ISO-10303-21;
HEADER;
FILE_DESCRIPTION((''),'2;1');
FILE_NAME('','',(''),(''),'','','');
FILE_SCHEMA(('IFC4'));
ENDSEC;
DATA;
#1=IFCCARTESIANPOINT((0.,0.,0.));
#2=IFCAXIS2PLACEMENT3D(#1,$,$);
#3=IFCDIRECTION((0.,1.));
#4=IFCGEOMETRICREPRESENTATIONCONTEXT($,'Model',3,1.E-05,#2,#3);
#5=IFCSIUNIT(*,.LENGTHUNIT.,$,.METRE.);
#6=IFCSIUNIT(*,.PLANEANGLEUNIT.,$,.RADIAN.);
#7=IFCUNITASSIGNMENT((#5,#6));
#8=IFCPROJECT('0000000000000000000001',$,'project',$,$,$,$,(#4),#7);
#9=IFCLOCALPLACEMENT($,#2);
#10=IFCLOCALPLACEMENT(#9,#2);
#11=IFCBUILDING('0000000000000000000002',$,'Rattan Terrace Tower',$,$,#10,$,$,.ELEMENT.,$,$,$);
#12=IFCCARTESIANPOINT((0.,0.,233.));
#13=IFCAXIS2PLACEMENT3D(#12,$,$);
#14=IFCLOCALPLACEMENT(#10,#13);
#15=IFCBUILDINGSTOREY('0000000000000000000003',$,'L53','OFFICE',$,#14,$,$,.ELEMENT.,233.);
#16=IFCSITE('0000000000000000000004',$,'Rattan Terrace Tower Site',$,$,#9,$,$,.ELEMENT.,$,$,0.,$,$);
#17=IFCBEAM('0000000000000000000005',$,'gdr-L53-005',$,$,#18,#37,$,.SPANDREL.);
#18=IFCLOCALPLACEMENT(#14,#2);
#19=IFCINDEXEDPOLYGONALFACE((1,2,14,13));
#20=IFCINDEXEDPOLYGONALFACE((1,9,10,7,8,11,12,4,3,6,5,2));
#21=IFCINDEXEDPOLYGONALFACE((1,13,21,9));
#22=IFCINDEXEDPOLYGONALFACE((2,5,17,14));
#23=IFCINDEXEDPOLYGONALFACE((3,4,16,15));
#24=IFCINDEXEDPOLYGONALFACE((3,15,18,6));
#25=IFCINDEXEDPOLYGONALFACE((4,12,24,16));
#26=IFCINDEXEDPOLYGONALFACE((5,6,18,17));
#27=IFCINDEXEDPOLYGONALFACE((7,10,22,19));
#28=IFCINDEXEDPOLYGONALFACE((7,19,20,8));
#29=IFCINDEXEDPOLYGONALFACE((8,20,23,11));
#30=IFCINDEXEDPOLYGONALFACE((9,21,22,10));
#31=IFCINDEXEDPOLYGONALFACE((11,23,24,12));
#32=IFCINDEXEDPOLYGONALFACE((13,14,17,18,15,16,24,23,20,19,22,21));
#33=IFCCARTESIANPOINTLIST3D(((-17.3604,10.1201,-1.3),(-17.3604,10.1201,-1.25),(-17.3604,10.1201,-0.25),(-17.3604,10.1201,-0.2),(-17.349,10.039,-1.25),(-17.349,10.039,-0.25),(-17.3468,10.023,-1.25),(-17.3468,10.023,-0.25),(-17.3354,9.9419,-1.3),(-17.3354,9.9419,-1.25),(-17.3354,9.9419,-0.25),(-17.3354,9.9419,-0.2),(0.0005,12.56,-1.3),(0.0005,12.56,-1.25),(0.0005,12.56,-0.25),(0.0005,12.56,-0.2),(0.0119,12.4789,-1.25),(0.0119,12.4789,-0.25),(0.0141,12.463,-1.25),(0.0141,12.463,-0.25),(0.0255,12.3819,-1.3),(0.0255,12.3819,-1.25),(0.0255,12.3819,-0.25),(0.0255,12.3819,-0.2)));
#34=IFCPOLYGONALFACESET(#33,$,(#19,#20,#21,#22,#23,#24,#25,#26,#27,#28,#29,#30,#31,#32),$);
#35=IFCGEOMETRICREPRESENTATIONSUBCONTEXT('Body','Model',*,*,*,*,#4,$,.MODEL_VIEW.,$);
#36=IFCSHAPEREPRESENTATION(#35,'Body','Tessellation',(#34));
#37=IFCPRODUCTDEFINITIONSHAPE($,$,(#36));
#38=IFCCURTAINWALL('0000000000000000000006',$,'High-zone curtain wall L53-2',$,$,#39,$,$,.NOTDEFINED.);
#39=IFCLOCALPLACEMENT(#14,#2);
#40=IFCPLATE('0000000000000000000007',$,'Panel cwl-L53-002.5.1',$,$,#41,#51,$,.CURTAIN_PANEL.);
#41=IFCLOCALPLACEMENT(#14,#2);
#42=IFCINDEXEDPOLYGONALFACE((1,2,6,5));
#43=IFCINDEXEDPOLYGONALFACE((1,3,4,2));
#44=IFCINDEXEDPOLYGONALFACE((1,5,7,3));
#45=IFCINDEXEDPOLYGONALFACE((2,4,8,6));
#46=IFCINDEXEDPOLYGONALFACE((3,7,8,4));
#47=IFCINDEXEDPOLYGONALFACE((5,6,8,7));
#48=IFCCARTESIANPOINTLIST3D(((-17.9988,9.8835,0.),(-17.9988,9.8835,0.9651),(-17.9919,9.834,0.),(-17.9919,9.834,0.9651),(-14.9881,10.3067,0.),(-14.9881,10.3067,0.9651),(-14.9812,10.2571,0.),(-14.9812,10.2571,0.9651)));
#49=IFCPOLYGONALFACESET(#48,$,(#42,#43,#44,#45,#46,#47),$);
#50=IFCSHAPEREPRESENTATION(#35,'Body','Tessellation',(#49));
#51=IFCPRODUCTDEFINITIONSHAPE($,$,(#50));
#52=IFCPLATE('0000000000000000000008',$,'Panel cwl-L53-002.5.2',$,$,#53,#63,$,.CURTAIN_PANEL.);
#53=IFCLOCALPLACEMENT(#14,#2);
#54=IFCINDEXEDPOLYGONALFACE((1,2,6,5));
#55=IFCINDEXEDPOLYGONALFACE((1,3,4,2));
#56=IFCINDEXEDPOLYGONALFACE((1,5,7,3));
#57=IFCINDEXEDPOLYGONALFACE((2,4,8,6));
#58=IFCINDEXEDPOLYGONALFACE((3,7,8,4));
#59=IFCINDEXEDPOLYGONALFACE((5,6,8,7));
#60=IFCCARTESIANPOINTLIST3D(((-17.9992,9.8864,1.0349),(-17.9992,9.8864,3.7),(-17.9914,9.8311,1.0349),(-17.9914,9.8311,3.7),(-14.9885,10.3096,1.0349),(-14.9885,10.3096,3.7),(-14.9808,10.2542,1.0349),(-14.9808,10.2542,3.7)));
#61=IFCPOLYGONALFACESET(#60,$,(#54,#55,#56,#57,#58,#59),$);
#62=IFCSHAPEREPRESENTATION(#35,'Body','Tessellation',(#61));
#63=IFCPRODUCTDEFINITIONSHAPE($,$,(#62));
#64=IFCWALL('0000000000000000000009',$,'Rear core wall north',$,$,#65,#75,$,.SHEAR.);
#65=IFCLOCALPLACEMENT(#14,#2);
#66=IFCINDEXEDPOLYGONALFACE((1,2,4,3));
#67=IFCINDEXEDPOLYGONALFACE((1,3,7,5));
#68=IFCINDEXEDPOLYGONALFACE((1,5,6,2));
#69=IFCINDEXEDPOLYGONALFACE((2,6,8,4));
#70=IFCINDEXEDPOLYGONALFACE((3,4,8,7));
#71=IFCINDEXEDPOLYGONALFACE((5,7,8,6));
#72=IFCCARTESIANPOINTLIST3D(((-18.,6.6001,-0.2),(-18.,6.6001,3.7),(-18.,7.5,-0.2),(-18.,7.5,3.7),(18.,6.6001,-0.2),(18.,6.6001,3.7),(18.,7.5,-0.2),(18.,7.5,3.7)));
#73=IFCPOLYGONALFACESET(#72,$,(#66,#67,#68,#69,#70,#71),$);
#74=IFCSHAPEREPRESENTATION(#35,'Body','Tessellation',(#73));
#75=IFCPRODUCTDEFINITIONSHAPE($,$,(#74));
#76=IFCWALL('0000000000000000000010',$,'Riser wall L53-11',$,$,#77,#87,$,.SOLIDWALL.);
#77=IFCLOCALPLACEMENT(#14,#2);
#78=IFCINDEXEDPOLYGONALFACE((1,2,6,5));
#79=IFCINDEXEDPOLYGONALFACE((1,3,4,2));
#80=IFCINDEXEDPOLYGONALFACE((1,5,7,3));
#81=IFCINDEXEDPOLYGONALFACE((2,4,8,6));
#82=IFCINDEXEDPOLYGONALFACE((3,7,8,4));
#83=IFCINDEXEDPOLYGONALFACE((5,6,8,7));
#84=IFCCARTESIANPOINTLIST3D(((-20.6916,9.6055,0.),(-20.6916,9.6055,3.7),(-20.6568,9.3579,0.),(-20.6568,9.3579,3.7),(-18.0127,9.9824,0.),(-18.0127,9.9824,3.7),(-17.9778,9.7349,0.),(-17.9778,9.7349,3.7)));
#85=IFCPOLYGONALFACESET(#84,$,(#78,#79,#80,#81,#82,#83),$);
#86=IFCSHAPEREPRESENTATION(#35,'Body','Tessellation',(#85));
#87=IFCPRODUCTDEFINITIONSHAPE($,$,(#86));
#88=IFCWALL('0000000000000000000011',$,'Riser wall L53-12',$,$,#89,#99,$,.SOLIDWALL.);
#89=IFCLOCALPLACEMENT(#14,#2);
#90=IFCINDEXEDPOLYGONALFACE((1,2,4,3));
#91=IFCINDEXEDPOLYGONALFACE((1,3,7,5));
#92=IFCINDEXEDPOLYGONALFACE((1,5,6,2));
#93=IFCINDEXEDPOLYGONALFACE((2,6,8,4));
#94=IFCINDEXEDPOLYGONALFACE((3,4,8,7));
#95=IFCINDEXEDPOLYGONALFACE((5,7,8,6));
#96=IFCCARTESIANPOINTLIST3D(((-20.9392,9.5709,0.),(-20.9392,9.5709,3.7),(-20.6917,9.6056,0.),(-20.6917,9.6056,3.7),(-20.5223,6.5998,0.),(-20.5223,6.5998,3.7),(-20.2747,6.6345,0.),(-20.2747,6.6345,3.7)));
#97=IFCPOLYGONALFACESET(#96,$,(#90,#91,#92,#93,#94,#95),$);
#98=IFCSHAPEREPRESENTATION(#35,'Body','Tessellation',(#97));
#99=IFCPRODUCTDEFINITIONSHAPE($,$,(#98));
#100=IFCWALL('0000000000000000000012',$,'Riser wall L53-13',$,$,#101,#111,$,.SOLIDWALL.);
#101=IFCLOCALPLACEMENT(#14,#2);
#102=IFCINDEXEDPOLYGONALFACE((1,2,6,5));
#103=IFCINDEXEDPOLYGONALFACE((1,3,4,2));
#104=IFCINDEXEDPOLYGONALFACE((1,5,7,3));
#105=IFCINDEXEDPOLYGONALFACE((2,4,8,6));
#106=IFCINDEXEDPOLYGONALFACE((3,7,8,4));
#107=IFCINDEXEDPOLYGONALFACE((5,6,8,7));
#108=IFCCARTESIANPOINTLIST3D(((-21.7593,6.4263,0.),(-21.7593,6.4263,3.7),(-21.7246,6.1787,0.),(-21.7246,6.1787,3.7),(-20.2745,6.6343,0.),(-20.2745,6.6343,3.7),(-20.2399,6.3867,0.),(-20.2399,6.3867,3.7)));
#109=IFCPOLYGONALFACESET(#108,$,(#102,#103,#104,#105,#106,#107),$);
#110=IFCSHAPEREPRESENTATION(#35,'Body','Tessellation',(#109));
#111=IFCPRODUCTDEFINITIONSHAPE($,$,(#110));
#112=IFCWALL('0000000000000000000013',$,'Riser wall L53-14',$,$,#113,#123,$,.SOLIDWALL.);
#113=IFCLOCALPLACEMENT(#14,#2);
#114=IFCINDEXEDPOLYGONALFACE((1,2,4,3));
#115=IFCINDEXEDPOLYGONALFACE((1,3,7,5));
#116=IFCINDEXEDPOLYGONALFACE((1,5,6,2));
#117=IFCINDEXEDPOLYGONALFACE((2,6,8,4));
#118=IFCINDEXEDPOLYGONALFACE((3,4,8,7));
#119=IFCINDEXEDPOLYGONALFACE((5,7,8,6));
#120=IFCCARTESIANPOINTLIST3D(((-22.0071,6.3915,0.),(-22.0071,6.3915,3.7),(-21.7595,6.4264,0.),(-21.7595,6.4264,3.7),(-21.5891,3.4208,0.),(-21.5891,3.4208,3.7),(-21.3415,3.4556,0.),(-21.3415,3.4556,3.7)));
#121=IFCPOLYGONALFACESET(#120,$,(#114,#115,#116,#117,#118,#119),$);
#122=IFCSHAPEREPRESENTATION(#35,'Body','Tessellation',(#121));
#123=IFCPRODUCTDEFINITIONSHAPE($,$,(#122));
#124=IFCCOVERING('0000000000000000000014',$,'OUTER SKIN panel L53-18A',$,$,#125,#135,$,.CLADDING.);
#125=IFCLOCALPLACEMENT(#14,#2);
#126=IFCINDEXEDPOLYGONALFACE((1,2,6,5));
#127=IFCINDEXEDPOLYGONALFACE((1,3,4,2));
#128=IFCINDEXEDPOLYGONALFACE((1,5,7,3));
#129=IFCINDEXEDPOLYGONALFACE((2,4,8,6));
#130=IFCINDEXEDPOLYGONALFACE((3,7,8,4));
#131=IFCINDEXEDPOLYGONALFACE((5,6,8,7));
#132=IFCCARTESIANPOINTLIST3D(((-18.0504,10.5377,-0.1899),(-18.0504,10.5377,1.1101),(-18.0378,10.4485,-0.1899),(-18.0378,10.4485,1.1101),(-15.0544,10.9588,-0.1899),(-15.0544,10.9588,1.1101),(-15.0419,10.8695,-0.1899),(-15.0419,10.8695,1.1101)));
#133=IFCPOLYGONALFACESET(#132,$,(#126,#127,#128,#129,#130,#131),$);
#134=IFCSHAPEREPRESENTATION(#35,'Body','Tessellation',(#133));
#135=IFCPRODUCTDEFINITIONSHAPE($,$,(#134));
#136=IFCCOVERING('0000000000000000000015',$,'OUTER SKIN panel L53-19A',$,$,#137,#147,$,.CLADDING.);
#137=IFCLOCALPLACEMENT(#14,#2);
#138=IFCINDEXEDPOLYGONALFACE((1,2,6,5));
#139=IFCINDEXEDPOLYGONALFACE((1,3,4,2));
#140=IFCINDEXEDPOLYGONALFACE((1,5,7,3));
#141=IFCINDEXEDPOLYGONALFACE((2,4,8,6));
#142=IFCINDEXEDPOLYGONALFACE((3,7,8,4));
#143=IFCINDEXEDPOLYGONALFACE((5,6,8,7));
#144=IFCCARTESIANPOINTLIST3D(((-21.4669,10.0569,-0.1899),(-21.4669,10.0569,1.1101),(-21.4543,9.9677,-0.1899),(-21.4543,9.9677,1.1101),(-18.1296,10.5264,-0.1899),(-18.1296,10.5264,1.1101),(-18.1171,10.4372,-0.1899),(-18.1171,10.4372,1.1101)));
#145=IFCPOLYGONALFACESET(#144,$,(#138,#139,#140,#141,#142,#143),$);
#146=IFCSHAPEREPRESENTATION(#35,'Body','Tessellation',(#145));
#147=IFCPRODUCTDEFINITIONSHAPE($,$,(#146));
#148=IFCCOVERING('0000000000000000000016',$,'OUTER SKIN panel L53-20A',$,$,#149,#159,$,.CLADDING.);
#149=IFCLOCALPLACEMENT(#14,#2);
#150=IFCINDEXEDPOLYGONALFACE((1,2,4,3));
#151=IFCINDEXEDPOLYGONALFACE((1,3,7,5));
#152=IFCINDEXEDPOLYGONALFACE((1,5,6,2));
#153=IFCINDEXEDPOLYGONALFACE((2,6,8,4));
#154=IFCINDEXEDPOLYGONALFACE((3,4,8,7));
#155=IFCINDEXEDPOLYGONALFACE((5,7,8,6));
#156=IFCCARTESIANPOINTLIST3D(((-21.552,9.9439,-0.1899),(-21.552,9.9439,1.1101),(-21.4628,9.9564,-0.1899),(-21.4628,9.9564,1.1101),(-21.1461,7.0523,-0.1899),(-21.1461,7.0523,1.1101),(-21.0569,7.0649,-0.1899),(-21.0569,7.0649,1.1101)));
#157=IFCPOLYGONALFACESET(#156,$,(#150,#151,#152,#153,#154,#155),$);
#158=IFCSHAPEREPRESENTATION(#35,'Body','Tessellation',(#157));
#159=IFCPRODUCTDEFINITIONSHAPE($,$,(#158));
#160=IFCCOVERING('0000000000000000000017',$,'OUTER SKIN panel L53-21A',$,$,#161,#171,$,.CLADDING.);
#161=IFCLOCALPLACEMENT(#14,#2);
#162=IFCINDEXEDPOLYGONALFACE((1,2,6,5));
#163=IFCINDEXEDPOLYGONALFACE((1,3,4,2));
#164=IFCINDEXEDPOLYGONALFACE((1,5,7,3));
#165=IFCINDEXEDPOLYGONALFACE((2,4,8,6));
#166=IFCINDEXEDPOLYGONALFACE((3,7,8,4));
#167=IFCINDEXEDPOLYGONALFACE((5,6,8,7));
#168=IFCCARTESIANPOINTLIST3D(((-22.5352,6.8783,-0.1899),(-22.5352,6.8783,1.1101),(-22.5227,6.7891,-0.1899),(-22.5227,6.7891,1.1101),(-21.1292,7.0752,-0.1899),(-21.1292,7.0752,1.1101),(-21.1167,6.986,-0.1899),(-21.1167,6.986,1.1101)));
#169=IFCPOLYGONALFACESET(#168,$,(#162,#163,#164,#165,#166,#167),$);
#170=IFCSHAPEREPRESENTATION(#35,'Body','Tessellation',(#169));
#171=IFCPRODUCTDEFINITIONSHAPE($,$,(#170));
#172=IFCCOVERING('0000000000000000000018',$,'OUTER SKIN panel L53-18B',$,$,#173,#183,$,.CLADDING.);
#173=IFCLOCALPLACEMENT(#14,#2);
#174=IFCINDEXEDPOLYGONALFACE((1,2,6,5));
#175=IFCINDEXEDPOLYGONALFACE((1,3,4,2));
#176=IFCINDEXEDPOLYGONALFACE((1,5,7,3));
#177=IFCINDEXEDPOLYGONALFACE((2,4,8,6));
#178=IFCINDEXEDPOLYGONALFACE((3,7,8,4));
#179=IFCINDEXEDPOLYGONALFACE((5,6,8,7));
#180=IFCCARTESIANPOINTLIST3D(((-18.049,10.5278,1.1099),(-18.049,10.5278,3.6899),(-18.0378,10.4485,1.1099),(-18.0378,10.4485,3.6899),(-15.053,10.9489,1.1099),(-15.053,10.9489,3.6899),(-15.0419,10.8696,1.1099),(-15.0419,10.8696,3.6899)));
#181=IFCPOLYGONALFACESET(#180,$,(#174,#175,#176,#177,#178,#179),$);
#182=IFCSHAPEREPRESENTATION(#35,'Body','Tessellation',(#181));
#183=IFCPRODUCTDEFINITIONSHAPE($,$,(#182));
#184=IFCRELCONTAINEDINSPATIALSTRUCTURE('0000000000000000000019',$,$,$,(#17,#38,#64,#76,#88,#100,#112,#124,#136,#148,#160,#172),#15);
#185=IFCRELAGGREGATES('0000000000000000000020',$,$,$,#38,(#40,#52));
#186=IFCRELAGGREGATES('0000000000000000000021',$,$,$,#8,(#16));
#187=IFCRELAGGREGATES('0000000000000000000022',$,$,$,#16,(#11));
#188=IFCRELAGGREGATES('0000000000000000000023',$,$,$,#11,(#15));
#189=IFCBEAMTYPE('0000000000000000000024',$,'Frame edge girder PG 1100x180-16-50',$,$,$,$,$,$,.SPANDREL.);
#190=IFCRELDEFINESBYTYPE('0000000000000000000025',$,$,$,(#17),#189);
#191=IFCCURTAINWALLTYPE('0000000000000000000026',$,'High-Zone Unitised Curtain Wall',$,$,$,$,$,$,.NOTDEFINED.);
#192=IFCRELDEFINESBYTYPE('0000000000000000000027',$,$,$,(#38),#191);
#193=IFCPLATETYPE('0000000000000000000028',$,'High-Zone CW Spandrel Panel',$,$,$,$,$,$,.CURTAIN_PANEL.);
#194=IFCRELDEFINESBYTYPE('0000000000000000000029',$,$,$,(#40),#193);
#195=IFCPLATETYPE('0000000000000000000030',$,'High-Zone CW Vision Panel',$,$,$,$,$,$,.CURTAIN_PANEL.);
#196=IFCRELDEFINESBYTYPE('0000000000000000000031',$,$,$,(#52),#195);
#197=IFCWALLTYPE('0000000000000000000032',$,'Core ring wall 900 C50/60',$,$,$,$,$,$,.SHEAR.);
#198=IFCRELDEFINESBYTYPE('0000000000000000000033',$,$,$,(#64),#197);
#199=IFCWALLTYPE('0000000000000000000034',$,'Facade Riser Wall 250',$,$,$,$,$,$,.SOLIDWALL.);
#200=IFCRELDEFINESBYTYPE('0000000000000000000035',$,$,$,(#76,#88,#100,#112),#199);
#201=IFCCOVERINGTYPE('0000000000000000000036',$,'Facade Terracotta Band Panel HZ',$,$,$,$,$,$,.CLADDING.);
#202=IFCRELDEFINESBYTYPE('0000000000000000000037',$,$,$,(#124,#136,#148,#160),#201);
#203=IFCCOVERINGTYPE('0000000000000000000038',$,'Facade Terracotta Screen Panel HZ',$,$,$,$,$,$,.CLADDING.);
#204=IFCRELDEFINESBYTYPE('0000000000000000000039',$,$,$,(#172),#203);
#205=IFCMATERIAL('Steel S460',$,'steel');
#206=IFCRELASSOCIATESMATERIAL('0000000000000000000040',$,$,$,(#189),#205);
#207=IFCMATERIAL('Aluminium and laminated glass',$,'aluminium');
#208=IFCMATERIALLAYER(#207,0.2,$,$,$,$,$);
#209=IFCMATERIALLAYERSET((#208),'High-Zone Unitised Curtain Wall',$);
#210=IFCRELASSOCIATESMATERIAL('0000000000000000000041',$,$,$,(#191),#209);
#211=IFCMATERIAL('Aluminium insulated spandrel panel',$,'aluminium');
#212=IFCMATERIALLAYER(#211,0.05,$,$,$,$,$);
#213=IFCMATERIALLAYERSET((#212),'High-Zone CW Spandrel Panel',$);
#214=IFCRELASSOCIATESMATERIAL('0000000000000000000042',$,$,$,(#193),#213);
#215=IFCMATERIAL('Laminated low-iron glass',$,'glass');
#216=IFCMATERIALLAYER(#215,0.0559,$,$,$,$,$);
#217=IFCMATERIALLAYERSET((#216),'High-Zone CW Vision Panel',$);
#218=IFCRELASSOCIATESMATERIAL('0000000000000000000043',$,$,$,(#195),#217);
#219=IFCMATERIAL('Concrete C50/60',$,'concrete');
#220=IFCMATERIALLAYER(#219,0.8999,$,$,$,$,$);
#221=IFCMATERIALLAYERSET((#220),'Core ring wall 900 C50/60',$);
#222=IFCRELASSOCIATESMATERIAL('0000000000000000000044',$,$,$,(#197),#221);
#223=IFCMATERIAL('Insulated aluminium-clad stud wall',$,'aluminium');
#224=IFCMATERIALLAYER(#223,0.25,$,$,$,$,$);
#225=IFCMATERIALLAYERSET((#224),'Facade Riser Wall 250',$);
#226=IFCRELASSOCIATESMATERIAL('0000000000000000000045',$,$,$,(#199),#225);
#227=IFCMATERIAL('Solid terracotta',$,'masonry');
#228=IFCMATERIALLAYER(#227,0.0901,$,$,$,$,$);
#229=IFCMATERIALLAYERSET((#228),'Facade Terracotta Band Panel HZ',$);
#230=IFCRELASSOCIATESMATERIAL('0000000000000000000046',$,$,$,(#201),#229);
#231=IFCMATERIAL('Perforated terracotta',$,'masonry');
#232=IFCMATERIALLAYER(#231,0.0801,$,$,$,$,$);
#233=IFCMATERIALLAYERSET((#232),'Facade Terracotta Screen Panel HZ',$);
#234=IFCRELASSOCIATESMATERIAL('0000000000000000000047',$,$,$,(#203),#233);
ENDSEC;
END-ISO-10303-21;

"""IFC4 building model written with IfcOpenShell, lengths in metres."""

from ifc_helpers import new_model, si_unit, direction, frame, frame_2d, origin, origin_2d, place, context, subcontext, project, spatial, rectangle, i_section, extrude, material, layer, layer_set, material_profile, profile_set, type_object, element, aggregate, save


model = new_model("IFC4")

# Units and contexts
model_context = context("Model", 3, precision=1e-05, world=origin(), true_north=direction((0.0, 1.0)))
body_context = subcontext(model_context, "Body", "Model", "MODEL_VIEW")
ifc_project = project(units=[si_unit("LENGTHUNIT", "METRE"), si_unit("PLANEANGLEUNIT", "RADIAN")], contexts=[model_context])

# Site, building, storey
site_placement = place(None, origin())
site = spatial("IfcSite", under=ifc_project, at=site_placement, Name="Rattan Terrace Tower Site", CompositionType="ELEMENT", RefElevation=0.0)
building_placement = place(site_placement, origin())
building = spatial("IfcBuilding", under=site, at=building_placement, Name="Rattan Terrace Tower", CompositionType="ELEMENT")
storey_placement = place(building_placement, frame((0.0, 0.0, 233.0)))
storey = spatial("IfcBuildingStorey", under=building, at=storey_placement, Name="L53", Description="OFFICE", CompositionType="ELEMENT", Elevation=233.0)

# Beam
ifc_material_1 = material(Name="Steel S460", Category="steel")
ifc_material_profile = material_profile(ifc_material_1, i_section(OverallWidth=0.1799, OverallDepth=1.1001, WebThickness=0.0161, FlangeThickness=0.05, at=origin_2d()), Name="PG 1100x180-16-50")
ifc_profile_set = profile_set([ifc_material_profile], Name="Steel S460")
beam_type = type_object("IfcBeamType", Name="Frame edge girder PG 1100x180-16-50", PredefinedType="SPANDREL", material=ifc_profile_set)
beam_placement = place(storey_placement, frame((-17.3479, 10.031, -0.75), z_axis=(0.990268, 0.139175, 0.0), x_axis=(-0.139175, 0.990268, 0.0)))
element("IfcBeam", 1, at=beam_placement, inside=storey, type_object=beam_type, Name="gdr-L53-005", PredefinedType="SPANDREL", context=body_context, shape_type="SweptSolid", body=[
    extrude(i_section(OverallWidth=0.1799, OverallDepth=1.1001, WebThickness=0.0161, FlangeThickness=0.05, at=origin_2d()), origin(), (0.0, 0.0, 1.0), 17.5315),
])

# Curtain wall, plates
ifc_material_2 = material(Name="Aluminium and laminated glass", Category="aluminium")
ifc_layer_1 = layer(ifc_material_2, 0.2)
ifc_layer_set_1 = layer_set([ifc_layer_1], Name="High-Zone Unitised Curtain Wall")
curtain_wall_type = type_object("IfcCurtainWallType", Name="High-Zone Unitised Curtain Wall", PredefinedType="NOTDEFINED", material=ifc_layer_set_1)
curtain_wall_placement = place(storey_placement, origin())
curtain_wall = element("IfcCurtainWall", 2, at=curtain_wall_placement, inside=storey, type_object=curtain_wall_type, Name="High-zone curtain wall L53-2", PredefinedType="NOTDEFINED")
ifc_material_3 = material(Name="Aluminium insulated spandrel panel", Category="aluminium")
ifc_layer_2 = layer(ifc_material_3, 0.05)
ifc_layer_set_2 = layer_set([ifc_layer_2], Name="High-Zone CW Spandrel Panel")
plate_type_1 = type_object("IfcPlateType", Name="High-Zone CW Spandrel Panel", PredefinedType="CURTAIN_PANEL", material=ifc_layer_set_2)
plate_1_placement = place(storey_placement, frame((-16.49, 10.0703, 0.0), z_axis=(0.0, 0.0, 1.0), x_axis=(-0.990267, -0.139177, 0.0)))
plate_1 = element("IfcPlate", 3, at=plate_1_placement, type_object=plate_type_1, Name="Panel cwl-L53-002.5.1", PredefinedType="CURTAIN_PANEL", context=body_context, shape_type="SweptSolid", body=[
    extrude(rectangle(XDim=3.0403, YDim=0.05, at=origin_2d()), origin(), (0.0, 0.0, 1.0), 0.9651),
])
ifc_material_4 = material(Name="Laminated low-iron glass", Category="glass")
ifc_layer_3 = layer(ifc_material_4, 0.0559)
ifc_layer_set_3 = layer_set([ifc_layer_3], Name="High-Zone CW Vision Panel")
plate_type_2 = type_object("IfcPlateType", Name="High-Zone CW Vision Panel", PredefinedType="CURTAIN_PANEL", material=ifc_layer_set_3)
plate_2_placement = place(storey_placement, frame((-16.49, 10.0703, 1.0349), z_axis=(0.0, 0.0, 1.0), x_axis=(-0.990267, -0.139177, 0.0)))
plate_2 = element("IfcPlate", 4, at=plate_2_placement, type_object=plate_type_2, Name="Panel cwl-L53-002.5.2", PredefinedType="CURTAIN_PANEL", context=body_context, shape_type="SweptSolid", body=[
    extrude(rectangle(XDim=3.0403, YDim=0.0559, at=origin_2d()), origin(), (0.0, 0.0, 1.0), 2.665),
])
aggregate(curtain_wall, [plate_1, plate_2])

# Walls
ifc_material_5 = material(Name="Concrete C50/60", Category="concrete")
ifc_layer_4 = layer(ifc_material_5, 0.8999)
ifc_layer_set_4 = layer_set([ifc_layer_4], Name="Core ring wall 900 C50/60")
wall_type_1 = type_object("IfcWallType", Name="Core ring wall 900 C50/60", PredefinedType="SHEAR", material=ifc_layer_set_4)
wall_1_placement = place(storey_placement, frame((-18.0, 7.05, -0.2), z_axis=(0.0, 0.0, 1.0), x_axis=(1.0, 0.0, 0.0)))
element("IfcWall", 5, at=wall_1_placement, inside=storey, type_object=wall_type_1, Name="Rear core wall north", PredefinedType="SHEAR", context=body_context, shape_type="SweptSolid", body=[
    extrude(rectangle(XDim=36.0, YDim=0.8999, at=frame_2d((18.0, 0.0))), origin(), (0.0, 0.0, 1.0), 3.8999),
])
ifc_material_6 = material(Name="Insulated aluminium-clad stud wall", Category="aluminium")
ifc_layer_5 = layer(ifc_material_6, 0.25)
ifc_layer_set_5 = layer_set([ifc_layer_5], Name="Facade Riser Wall 250")
wall_type_2 = type_object("IfcWallType", Name="Facade Riser Wall 250", PredefinedType="SOLIDWALL", material=ifc_layer_set_5)
wall_2_placement = place(storey_placement, frame((-17.9954, 9.8586, 0.0), z_axis=(0.0, 0.0, 1.0), x_axis=(-0.990245, -0.139336, 0.0)))
element("IfcWall", 6, at=wall_2_placement, inside=storey, type_object=wall_type_2, Name="Riser wall L53-11", PredefinedType="SOLIDWALL", context=body_context, shape_type="SweptSolid", body=[
    extrude(rectangle(XDim=2.7053, YDim=0.25, at=frame_2d((1.3525, 0.0))), origin(), (0.0, 0.0, 1.0), 3.7),
])
wall_3_placement = place(storey_placement, frame((-20.8154, 9.5881, 0.0), z_axis=(0.0, 0.0, 1.0), x_axis=(0.138983, -0.990295, 0.0)))
element("IfcWall", 7, at=wall_3_placement, inside=storey, type_object=wall_type_2, Name="Riser wall L53-12", PredefinedType="SOLIDWALL", context=body_context, shape_type="SweptSolid", body=[
    extrude(rectangle(XDim=3.0002, YDim=0.25, at=frame_2d((1.5, 0.0))), origin(), (0.0, 0.0, 1.0), 3.7),
])
wall_4_placement = place(storey_placement, frame((-20.2573, 6.5105, 0.0), z_axis=(0.0, 0.0, 1.0), x_axis=(-0.99033, -0.138731, 0.0)))
element("IfcWall", 8, at=wall_4_placement, inside=storey, type_object=wall_type_2, Name="Riser wall L53-13", PredefinedType="SOLIDWALL", context=body_context, shape_type="SweptSolid", body=[
    extrude(rectangle(XDim=1.4993, YDim=0.25, at=frame_2d((0.7495, 0.0))), origin(), (0.0, 0.0, 1.0), 3.7),
])
wall_5_placement = place(storey_placement, frame((-21.8833, 6.4089, 0.0), z_axis=(0.0, 0.0, 1.0), x_axis=(0.139325, -0.990247, 0.0)))
element("IfcWall", 9, at=wall_5_placement, inside=storey, type_object=wall_type_2, Name="Riser wall L53-14", PredefinedType="SOLIDWALL", context=body_context, shape_type="SweptSolid", body=[
    extrude(rectangle(XDim=3.0, YDim=0.25, at=frame_2d((1.5, 0.0))), origin(), (0.0, 0.0, 1.0), 3.7),
])

# Coverings
ifc_material_7 = material(Name="Solid terracotta", Category="masonry")
ifc_layer_6 = layer(ifc_material_7, 0.0901)
ifc_layer_set_6 = layer_set([ifc_layer_6], Name="Facade Terracotta Band Panel HZ")
covering_type_1 = type_object("IfcCoveringType", Name="Facade Terracotta Band Panel HZ", PredefinedType="CLADDING", material=ifc_layer_set_6)
covering_1_placement = place(storey_placement, frame((-16.5461, 10.7036, -0.1899), z_axis=(0.0, 0.0, 1.0), x_axis=(-0.990267, -0.139177, 0.0)))
element("IfcCovering", 10, at=covering_1_placement, inside=storey, type_object=covering_type_1, Name="OUTER SKIN panel L53-18A", PredefinedType="CLADDING", context=body_context, shape_type="SweptSolid", body=[
    extrude(rectangle(XDim=3.0254, YDim=0.0901, at=origin_2d()), origin(), (0.0, 0.0, 1.0), 1.3),
])
covering_2_placement = place(storey_placement, frame((-19.792, 10.2471, -0.1899), z_axis=(0.0, 0.0, 1.0), x_axis=(-0.990247, -0.139321, 0.0)))
element("IfcCovering", 11, at=covering_2_placement, inside=storey, type_object=covering_type_1, Name="OUTER SKIN panel L53-19A", PredefinedType="CLADDING", context=body_context, shape_type="SweptSolid", body=[
    extrude(rectangle(XDim=3.3701, YDim=0.0901, at=origin_2d()), origin(), (0.0, 0.0, 1.0), 1.3),
])
covering_3_placement = place(storey_placement, frame((-21.3044, 8.5044, -0.1899), z_axis=(0.0, 0.0, 1.0), x_axis=(0.138994, -0.990293, 0.0)))
element("IfcCovering", 12, at=covering_3_placement, inside=storey, type_object=covering_type_1, Name="OUTER SKIN panel L53-20A", PredefinedType="CLADDING", context=body_context, shape_type="SweptSolid", body=[
    extrude(rectangle(XDim=2.9199, YDim=0.0901, at=origin_2d()), origin(), (0.0, 0.0, 1.0), 1.3),
])
covering_4_placement = place(storey_placement, frame((-21.8259, 6.9321, -0.1899), z_axis=(0.0, 0.0, 1.0), x_axis=(-0.990333, -0.138713, 0.0)))
element("IfcCovering", 13, at=covering_4_placement, inside=storey, type_object=covering_type_1, Name="OUTER SKIN panel L53-21A", PredefinedType="CLADDING", context=body_context, shape_type="SweptSolid", body=[
    extrude(rectangle(XDim=1.4197, YDim=0.0901, at=origin_2d()), origin(), (0.0, 0.0, 1.0), 1.3),
])
ifc_material_8 = material(Name="Perforated terracotta", Category="masonry")
ifc_layer_7 = layer(ifc_material_8, 0.0801)
ifc_layer_set_7 = layer_set([ifc_layer_7], Name="Facade Terracotta Screen Panel HZ")
covering_type_2 = type_object("IfcCoveringType", Name="Facade Terracotta Screen Panel HZ", PredefinedType="CLADDING", material=ifc_layer_set_7)
covering_5_placement = place(storey_placement, frame((-16.5454, 10.6987, 1.1099), z_axis=(0.0, 0.0, 1.0), x_axis=(-0.990267, -0.139177, 0.0)))
element("IfcCovering", 14, at=covering_5_placement, inside=storey, type_object=covering_type_2, Name="OUTER SKIN panel L53-18B", PredefinedType="CLADDING", context=body_context, shape_type="SweptSolid", body=[
    extrude(rectangle(XDim=3.0254, YDim=0.0801, at=origin_2d()), origin(), (0.0, 0.0, 1.0), 2.5801),
])

save(model, "model.ifc")
